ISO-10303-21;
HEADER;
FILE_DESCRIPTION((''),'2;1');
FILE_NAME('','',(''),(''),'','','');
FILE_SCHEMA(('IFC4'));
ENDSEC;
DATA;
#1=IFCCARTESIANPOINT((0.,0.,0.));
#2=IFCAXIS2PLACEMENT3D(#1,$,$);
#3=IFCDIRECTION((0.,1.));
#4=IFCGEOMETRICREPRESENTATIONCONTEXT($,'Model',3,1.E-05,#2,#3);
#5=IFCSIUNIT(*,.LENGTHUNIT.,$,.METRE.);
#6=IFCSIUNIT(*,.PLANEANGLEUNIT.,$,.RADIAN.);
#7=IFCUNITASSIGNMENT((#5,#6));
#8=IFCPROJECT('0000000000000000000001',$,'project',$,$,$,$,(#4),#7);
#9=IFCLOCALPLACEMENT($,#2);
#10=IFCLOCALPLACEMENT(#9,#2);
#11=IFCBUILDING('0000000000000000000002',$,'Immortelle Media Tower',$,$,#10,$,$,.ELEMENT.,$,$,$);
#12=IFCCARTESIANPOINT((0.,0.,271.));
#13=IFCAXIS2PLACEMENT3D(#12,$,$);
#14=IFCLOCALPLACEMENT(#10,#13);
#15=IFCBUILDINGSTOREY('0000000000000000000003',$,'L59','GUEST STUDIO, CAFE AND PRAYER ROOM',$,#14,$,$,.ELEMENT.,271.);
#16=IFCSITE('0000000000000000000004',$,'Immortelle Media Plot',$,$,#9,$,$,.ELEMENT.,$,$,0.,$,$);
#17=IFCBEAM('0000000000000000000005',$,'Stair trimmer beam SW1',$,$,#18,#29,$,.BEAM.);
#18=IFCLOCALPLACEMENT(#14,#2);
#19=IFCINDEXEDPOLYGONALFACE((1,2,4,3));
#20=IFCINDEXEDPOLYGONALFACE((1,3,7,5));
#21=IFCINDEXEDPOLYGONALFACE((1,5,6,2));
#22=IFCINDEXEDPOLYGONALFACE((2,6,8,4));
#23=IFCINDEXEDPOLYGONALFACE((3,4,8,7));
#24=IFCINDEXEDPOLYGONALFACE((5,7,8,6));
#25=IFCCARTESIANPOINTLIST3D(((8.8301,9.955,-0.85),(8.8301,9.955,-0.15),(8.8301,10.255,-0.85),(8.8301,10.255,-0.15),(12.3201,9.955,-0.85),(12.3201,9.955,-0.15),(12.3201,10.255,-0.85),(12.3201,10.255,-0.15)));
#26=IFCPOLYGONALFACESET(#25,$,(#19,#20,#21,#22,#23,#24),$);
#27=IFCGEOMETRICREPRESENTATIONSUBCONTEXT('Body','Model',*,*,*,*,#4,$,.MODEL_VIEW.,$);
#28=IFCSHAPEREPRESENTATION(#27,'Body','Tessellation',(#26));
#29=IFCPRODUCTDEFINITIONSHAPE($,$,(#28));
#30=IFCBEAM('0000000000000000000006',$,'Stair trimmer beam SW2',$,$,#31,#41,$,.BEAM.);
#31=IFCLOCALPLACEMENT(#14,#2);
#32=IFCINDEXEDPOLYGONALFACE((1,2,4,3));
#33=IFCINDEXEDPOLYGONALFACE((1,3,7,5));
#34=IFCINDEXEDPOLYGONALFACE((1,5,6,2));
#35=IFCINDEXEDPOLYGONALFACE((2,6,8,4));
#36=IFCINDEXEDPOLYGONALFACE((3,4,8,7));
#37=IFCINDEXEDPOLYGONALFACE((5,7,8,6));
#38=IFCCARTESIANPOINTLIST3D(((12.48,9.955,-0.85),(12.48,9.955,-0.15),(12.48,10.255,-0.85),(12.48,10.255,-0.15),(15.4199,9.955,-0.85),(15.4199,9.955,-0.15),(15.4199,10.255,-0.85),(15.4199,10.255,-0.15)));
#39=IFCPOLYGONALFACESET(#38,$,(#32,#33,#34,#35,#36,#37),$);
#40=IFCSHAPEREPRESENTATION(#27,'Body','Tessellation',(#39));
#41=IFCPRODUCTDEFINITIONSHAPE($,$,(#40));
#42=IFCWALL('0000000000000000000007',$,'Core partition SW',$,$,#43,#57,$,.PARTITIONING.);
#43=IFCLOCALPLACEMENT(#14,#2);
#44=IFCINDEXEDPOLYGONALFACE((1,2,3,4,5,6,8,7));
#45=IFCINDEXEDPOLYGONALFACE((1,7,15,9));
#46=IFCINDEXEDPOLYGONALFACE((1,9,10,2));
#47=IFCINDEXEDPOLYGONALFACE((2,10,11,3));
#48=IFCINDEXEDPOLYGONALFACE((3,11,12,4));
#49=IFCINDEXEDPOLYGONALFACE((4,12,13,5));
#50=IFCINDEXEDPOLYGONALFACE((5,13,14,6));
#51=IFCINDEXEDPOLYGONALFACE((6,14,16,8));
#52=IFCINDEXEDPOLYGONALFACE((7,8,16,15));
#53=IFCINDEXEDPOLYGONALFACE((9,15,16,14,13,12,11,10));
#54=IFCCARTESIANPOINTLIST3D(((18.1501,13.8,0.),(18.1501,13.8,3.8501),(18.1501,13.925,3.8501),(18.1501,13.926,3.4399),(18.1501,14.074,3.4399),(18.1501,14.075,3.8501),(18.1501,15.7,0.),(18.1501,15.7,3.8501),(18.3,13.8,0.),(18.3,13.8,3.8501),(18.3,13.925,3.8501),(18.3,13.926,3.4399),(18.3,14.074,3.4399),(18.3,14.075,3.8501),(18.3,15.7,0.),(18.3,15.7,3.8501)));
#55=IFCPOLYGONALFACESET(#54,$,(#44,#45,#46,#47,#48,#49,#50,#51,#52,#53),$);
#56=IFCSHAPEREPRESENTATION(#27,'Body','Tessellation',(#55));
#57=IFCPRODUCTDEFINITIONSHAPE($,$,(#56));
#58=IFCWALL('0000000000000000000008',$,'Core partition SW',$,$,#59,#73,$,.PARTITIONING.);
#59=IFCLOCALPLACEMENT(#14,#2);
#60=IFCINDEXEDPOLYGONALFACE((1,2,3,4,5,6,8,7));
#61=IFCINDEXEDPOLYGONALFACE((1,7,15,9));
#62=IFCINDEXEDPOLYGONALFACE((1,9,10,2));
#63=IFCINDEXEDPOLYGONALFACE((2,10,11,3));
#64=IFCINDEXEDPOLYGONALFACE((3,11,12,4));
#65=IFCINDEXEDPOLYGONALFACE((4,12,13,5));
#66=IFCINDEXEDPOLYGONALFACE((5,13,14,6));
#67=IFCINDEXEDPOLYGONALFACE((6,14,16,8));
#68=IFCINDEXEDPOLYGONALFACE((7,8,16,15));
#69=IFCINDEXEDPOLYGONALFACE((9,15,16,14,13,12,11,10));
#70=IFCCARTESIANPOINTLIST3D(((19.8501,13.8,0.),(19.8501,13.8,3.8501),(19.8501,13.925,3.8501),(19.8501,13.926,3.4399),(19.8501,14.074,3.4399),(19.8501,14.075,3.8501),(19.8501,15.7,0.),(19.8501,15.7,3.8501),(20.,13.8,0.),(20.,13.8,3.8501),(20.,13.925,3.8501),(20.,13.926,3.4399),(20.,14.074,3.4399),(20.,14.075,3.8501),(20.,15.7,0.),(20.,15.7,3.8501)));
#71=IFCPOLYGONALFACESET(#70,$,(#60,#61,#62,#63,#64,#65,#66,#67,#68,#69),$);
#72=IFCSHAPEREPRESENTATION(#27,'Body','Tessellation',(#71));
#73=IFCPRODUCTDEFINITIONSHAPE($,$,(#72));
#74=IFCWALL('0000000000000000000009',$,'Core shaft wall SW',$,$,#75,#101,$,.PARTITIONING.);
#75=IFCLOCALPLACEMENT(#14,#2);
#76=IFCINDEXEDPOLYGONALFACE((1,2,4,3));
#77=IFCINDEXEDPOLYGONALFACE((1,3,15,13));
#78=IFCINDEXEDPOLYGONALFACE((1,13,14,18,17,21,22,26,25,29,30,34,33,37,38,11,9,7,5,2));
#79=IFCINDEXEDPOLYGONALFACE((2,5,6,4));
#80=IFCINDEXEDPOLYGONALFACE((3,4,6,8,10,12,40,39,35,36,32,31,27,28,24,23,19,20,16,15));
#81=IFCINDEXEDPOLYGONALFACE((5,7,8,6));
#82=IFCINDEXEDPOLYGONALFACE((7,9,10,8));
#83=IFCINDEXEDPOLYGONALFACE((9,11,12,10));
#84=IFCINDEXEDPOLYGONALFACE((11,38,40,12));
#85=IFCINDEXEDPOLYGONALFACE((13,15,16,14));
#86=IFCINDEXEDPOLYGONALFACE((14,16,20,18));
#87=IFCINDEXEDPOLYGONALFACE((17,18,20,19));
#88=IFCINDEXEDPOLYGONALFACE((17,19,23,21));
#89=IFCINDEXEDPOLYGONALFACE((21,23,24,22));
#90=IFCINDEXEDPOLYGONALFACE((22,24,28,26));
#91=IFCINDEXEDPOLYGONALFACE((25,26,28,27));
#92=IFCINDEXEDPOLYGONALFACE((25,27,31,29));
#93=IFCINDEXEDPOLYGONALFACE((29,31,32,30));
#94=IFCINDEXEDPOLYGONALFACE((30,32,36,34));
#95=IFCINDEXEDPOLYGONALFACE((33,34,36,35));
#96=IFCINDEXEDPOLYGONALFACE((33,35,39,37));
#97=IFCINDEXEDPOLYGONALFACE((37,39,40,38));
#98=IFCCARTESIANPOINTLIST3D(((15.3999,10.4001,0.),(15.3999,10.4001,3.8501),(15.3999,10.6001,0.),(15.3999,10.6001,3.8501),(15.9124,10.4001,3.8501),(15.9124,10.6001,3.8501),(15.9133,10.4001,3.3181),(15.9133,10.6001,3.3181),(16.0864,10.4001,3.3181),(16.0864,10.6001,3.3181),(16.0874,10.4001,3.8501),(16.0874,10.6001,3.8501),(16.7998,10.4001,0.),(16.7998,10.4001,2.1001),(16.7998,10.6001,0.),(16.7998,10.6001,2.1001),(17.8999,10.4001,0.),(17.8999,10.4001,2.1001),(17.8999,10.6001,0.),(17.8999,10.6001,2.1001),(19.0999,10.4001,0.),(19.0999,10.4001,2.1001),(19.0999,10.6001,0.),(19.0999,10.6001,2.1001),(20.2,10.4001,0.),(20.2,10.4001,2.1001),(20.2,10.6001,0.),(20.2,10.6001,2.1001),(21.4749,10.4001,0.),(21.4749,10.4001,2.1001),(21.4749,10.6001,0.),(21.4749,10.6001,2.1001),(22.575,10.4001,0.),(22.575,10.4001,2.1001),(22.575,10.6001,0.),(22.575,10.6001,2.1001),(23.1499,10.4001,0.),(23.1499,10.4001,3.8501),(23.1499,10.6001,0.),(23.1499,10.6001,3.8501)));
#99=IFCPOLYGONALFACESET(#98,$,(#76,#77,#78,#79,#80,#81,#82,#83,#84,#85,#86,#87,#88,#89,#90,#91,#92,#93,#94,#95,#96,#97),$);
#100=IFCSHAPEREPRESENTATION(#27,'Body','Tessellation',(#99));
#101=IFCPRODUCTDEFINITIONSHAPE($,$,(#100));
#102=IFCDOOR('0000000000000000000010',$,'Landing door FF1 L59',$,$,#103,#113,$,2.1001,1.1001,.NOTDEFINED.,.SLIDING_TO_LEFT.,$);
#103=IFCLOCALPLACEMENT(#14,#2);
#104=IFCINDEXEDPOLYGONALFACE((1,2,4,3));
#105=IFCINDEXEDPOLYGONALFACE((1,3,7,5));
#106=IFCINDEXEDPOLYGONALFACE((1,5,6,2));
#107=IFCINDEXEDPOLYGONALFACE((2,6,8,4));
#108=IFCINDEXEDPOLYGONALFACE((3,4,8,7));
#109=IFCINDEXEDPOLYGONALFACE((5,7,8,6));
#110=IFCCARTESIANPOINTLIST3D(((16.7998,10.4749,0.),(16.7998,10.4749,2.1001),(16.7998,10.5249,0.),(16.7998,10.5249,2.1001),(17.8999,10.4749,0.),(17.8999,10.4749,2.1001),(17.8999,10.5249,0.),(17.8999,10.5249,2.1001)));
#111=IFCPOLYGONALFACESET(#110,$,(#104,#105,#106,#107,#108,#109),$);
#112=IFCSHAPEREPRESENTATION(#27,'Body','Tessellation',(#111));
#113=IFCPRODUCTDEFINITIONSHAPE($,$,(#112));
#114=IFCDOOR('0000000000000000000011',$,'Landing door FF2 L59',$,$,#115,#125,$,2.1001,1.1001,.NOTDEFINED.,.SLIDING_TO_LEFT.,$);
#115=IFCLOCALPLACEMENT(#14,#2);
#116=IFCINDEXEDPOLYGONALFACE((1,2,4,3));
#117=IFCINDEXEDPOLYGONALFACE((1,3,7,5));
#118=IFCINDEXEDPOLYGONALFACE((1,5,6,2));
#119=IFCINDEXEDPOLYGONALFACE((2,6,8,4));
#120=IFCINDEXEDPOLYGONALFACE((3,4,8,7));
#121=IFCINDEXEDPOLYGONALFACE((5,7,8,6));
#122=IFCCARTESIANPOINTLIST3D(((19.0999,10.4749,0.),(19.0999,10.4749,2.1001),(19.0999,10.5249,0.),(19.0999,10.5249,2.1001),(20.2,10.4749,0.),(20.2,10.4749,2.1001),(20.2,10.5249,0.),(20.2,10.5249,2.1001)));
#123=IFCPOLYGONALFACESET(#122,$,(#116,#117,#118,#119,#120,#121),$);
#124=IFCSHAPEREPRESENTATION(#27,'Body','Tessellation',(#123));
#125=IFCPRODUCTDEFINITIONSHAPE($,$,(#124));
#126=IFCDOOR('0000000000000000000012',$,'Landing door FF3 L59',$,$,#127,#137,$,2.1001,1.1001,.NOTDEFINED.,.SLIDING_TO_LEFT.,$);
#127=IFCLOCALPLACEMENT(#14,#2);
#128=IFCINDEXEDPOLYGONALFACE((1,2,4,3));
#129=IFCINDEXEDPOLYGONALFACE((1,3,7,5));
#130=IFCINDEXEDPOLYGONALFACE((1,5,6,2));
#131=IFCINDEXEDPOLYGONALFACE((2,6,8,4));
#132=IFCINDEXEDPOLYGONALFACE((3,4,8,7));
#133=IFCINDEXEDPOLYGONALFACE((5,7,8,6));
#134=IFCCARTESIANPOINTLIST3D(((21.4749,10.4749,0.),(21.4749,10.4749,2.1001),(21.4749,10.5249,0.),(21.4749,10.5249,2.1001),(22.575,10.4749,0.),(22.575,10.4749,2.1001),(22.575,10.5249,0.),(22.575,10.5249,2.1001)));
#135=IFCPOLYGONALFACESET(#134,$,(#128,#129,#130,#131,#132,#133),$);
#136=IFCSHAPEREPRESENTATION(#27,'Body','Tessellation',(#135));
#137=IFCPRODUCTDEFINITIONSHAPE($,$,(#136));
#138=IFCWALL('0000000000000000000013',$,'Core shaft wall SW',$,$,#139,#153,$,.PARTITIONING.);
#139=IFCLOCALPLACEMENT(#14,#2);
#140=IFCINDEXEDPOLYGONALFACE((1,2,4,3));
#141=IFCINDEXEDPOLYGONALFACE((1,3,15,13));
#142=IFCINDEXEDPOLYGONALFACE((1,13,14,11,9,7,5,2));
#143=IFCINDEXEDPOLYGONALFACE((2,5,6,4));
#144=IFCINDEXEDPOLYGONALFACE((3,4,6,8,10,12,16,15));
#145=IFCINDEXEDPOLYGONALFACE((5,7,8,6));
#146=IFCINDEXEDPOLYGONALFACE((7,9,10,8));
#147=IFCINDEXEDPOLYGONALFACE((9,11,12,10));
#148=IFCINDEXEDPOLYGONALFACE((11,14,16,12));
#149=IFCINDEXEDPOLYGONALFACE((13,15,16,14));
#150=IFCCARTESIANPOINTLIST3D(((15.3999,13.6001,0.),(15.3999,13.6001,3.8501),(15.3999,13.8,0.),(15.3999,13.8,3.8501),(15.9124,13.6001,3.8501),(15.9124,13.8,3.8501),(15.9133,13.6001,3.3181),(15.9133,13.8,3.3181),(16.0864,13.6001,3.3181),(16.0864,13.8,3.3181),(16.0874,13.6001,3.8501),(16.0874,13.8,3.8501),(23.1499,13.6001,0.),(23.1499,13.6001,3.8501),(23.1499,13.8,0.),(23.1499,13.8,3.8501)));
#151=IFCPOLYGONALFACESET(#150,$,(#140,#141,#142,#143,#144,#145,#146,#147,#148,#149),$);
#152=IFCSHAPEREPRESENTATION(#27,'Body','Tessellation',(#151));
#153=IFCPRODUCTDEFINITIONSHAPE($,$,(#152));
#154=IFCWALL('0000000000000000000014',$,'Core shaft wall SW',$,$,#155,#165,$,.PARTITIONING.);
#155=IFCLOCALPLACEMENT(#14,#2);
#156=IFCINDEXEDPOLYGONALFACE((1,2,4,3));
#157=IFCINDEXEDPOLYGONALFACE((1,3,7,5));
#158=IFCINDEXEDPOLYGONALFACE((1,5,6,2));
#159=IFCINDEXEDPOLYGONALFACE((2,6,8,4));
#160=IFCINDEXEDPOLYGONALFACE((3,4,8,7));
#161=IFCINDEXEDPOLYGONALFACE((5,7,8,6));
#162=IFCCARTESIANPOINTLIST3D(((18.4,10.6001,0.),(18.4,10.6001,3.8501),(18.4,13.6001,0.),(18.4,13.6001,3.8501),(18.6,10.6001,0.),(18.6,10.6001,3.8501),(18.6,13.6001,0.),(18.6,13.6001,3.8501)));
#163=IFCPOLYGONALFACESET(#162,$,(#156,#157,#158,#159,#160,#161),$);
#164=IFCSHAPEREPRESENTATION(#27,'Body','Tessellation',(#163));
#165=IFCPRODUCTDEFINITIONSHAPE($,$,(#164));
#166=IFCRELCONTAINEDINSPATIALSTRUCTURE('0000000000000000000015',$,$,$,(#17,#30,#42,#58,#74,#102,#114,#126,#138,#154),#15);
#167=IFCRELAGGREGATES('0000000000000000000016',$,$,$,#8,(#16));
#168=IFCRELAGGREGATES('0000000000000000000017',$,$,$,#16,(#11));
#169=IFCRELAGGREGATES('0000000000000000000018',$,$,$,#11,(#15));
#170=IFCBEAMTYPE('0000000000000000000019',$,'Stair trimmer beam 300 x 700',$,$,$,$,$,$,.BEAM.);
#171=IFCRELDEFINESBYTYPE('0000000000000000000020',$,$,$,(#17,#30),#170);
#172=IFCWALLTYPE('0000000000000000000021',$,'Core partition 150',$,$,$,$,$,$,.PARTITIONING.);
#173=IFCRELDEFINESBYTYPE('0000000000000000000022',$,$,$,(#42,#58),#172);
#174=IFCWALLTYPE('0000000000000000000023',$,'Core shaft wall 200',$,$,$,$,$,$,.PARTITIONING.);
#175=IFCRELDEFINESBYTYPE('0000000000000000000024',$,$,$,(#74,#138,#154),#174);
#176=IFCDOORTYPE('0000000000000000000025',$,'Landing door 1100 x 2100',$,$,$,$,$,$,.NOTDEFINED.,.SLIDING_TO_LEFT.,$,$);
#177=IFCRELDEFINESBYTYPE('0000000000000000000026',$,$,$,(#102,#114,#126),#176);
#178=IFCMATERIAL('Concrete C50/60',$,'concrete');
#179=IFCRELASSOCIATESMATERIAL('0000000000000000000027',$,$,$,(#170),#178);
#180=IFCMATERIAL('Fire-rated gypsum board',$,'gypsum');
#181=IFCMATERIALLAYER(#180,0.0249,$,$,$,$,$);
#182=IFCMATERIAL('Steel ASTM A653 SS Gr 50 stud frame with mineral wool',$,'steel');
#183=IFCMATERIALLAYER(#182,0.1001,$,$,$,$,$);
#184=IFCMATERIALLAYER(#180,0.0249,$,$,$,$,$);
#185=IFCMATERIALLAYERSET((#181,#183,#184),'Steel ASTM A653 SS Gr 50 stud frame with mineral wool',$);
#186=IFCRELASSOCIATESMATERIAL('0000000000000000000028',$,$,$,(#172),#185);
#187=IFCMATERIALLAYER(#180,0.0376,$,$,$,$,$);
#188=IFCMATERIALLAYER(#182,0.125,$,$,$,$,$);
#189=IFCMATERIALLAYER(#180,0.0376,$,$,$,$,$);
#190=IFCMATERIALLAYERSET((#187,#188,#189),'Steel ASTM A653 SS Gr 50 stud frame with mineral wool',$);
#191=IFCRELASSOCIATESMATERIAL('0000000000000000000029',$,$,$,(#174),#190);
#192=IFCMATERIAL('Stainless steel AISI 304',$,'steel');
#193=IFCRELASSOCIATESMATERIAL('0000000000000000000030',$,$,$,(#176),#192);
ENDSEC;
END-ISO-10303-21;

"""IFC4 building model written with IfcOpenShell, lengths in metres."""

from ifc_helpers import new_model, si_unit, direction, frame, frame_2d, origin, origin_2d, place, context, subcontext, project, spatial, polyline, rectangle, outline, extrude, material, layer, layer_set, material_profile, profile_set, type_object, element, fill, save


model = new_model("IFC4")

# Units and contexts
model_context = context("Model", 3, precision=1e-05, world=origin(), true_north=direction((0.0, 1.0)))
body_context = subcontext(model_context, "Body", "Model", "MODEL_VIEW")
ifc_project = project(units=[si_unit("LENGTHUNIT", "METRE"), si_unit("PLANEANGLEUNIT", "RADIAN")], contexts=[model_context])

# Site, building, storey
site_placement = place(None, origin())
site = spatial("IfcSite", under=ifc_project, at=site_placement, Name="Immortelle Media Plot", CompositionType="ELEMENT", RefElevation=0.0)
building_placement = place(site_placement, origin())
building = spatial("IfcBuilding", under=site, at=building_placement, Name="Immortelle Media Tower", CompositionType="ELEMENT")
storey_placement = place(building_placement, frame((0.0, 0.0, 271.0)))
storey = spatial("IfcBuildingStorey", under=building, at=storey_placement, Name="L59", Description="GUEST STUDIO, CAFE AND PRAYER ROOM", CompositionType="ELEMENT", Elevation=271.0)

# Beams
ifc_material_1 = material(Name="Concrete C50/60", Category="concrete")
ifc_material_profile = material_profile(ifc_material_1, rectangle(XDim=0.3, YDim=0.7, at=origin_2d()), Name="RC 300x700")
ifc_profile_set = profile_set([ifc_material_profile], Name="Concrete C50/60")
beam_type = type_object("IfcBeamType", Name="Stair trimmer beam 300 x 700", PredefinedType="BEAM", material=ifc_profile_set)
beam_1_placement = place(storey_placement, frame((8.8301, 10.105, -0.5), z_axis=(1.0, 0.0, 0.0), x_axis=(0.0, 1.0, 0.0)))
element("IfcBeam", 1, at=beam_1_placement, inside=storey, type_object=beam_type, Name="Stair trimmer beam SW1", PredefinedType="BEAM", context=body_context, shape_type="SweptSolid", body=[
    extrude(rectangle(XDim=0.3, YDim=0.7, at=origin_2d()), origin(), (0.0, 0.0, 1.0), 3.49),
])
beam_2_placement = place(storey_placement, frame((12.48, 10.105, -0.5), z_axis=(1.0, 0.0, 0.0), x_axis=(0.0, 1.0, 0.0)))
element("IfcBeam", 2, at=beam_2_placement, inside=storey, type_object=beam_type, Name="Stair trimmer beam SW2", PredefinedType="BEAM", context=body_context, shape_type="SweptSolid", body=[
    extrude(rectangle(XDim=0.3, YDim=0.7, at=origin_2d()), origin(), (0.0, 0.0, 1.0), 2.9399),
])

# Walls
ifc_material_2 = material(Name="Fire-rated gypsum board", Category="gypsum")
ifc_layer_1 = layer(ifc_material_2, 0.0249)
ifc_material_3 = material(Name="Steel ASTM A653 SS Gr 50 stud frame with mineral wool", Category="steel")
ifc_layer_2 = layer(ifc_material_3, 0.1001)
ifc_layer_3 = layer(ifc_material_2, 0.0249)
ifc_layer_set_1 = layer_set([ifc_layer_1, ifc_layer_2, ifc_layer_3], Name="Steel ASTM A653 SS Gr 50 stud frame with mineral wool")
wall_type_1 = type_object("IfcWallType", Name="Core partition 150", PredefinedType="PARTITIONING", material=ifc_layer_set_1)
for number, where, z_axis, x_axis, name in (
    (3, (18.2251, 13.8, 0.0), (0.0, 0.0, 1.0), (0.0, 1.0, 0.0), "Core partition SW"),
    (4, (19.925, 13.8, 0.0), (0.0, 0.0, 1.0), (0.0, 1.0, 0.0), "Core partition SW"),
):
    element("IfcWall", number, at=place(storey_placement, frame(where, z_axis=z_axis, x_axis=x_axis)), inside=storey, type_object=wall_type_1, Name=name, PredefinedType="PARTITIONING", context=body_context, shape_type="SweptSolid", body=[
        extrude(outline(polyline([(0.0, 0.0), (1.8999, 0.0), (1.8999, 3.8501), (0.2749, 3.8501), (0.2739, 3.4399), (0.126, 3.4399), (0.125, 3.8501), (0.0, 3.8501), (0.0, 0.0)])), frame((0.0, 0.075, 0.0), z_axis=(0.0, -1.0, 0.0), x_axis=(1.0, 0.0, 0.0)), (0.0, 0.0, 1.0), 0.1499),
    ])

# Wall, openings, doors
ifc_layer_4 = layer(ifc_material_2, 0.0376)
ifc_layer_5 = layer(ifc_material_3, 0.125)
ifc_layer_6 = layer(ifc_material_2, 0.0376)
ifc_layer_set_2 = layer_set([ifc_layer_4, ifc_layer_5, ifc_layer_6], Name="Steel ASTM A653 SS Gr 50 stud frame with mineral wool")
wall_type_2 = type_object("IfcWallType", Name="Core shaft wall 200", PredefinedType="PARTITIONING", material=ifc_layer_set_2)
wall_1_placement = place(storey_placement, frame((15.3999, 10.5, 0.0), z_axis=(0.0, 0.0, 1.0), x_axis=(1.0, 0.0, 0.0)))
wall_1 = element("IfcWall", 5, at=wall_1_placement, inside=storey, type_object=wall_type_2, Name="Core shaft wall SW", PredefinedType="PARTITIONING", context=body_context, shape_type="SweptSolid", body=[
    extrude(outline(polyline([(0.0, 0.0), (7.75, 0.0), (7.75, 3.8501), (0.6875, 3.8501), (0.6865, 3.3181), (0.5134, 3.3181), (0.5125, 3.8501), (0.0, 3.8501), (0.0, 0.0)])), frame((0.0, 0.1001, 0.0), z_axis=(0.0, -1.0, 0.0), x_axis=(1.0, 0.0, 0.0)), (0.0, 0.0, 1.0), 0.2),
])
opening_1_placement = place(wall_1_placement, frame((1.3999, 0.0, 0.0)))
opening_1 = element("IfcOpeningElement", 6, at=opening_1_placement, cuts=wall_1, PredefinedType="OPENING", context=body_context, shape_type="SweptSolid", body=[
    extrude(rectangle(XDim=1.1001, YDim=2.1001, at=frame_2d((0.55, 1.05))), frame((0.0, 0.1099, 0.0), z_axis=(0.0, -1.0, 0.0), x_axis=(1.0, 0.0, 0.0)), (0.0, 0.0, 1.0), 0.22),
])
opening_2_placement = place(wall_1_placement, frame((3.7, 0.0, 0.0)))
opening_2 = element("IfcOpeningElement", 7, at=opening_2_placement, cuts=wall_1, PredefinedType="OPENING", context=body_context, shape_type="SweptSolid", body=[
    extrude(rectangle(XDim=1.1001, YDim=2.1001, at=frame_2d((0.55, 1.05))), frame((0.0, 0.1099, 0.0), z_axis=(0.0, -1.0, 0.0), x_axis=(1.0, 0.0, 0.0)), (0.0, 0.0, 1.0), 0.22),
])
opening_3_placement = place(wall_1_placement, frame((6.075, 0.0, 0.0)))
opening_3 = element("IfcOpeningElement", 8, at=opening_3_placement, cuts=wall_1, PredefinedType="OPENING", context=body_context, shape_type="SweptSolid", body=[
    extrude(rectangle(XDim=1.1001, YDim=2.1001, at=frame_2d((0.55, 1.05))), frame((0.0, 0.1099, 0.0), z_axis=(0.0, -1.0, 0.0), x_axis=(1.0, 0.0, 0.0)), (0.0, 0.0, 1.0), 0.22),
])
ifc_material_4 = material(Name="Stainless steel AISI 304", Category="steel")
door_type_1 = type_object("IfcDoorType", Name="Landing door 1100 x 2100", OperationType="SLIDING_TO_LEFT", PredefinedType="NOTDEFINED", material=ifc_material_4)
door_1_placement = place(opening_1_placement, origin())
door_1 = element("IfcDoor", 9, at=door_1_placement, inside=storey, type_object=door_type_1, Name="Landing door FF1 L59", OperationType="SLIDING_TO_LEFT", OverallHeight=2.1001, OverallWidth=1.1001, PredefinedType="NOTDEFINED", context=body_context, shape_type="SweptSolid", body=[
    extrude(rectangle(XDim=1.1001, YDim=2.1001, at=frame_2d((0.55, 1.05))), frame((0.0, 0.0249, 0.0), z_axis=(0.0, -1.0, 0.0), x_axis=(1.0, 0.0, 0.0)), (0.0, 0.0, 1.0), 0.05),
])
fill(opening_1, door_1)
door_2_placement = place(opening_2_placement, origin())
door_2 = element("IfcDoor", 10, at=door_2_placement, inside=storey, type_object=door_type_1, Name="Landing door FF2 L59", OperationType="SLIDING_TO_LEFT", OverallHeight=2.1001, OverallWidth=1.1001, PredefinedType="NOTDEFINED", context=body_context, shape_type="SweptSolid", body=[
    extrude(rectangle(XDim=1.1001, YDim=2.1001, at=frame_2d((0.55, 1.05))), frame((0.0, 0.0249, 0.0), z_axis=(0.0, -1.0, 0.0), x_axis=(1.0, 0.0, 0.0)), (0.0, 0.0, 1.0), 0.05),
])
fill(opening_2, door_2)
door_3_placement = place(opening_3_placement, origin())
door_3 = element("IfcDoor", 11, at=door_3_placement, inside=storey, type_object=door_type_1, Name="Landing door FF3 L59", OperationType="SLIDING_TO_LEFT", OverallHeight=2.1001, OverallWidth=1.1001, PredefinedType="NOTDEFINED", context=body_context, shape_type="SweptSolid", body=[
    extrude(rectangle(XDim=1.1001, YDim=2.1001, at=frame_2d((0.55, 1.05))), frame((0.0, 0.0249, 0.0), z_axis=(0.0, -1.0, 0.0), x_axis=(1.0, 0.0, 0.0)), (0.0, 0.0, 1.0), 0.05),
])
fill(opening_3, door_3)

# Walls
wall_2_placement = place(storey_placement, frame((15.3999, 13.7, 0.0), z_axis=(0.0, 0.0, 1.0), x_axis=(1.0, 0.0, 0.0)))
element("IfcWall", 12, at=wall_2_placement, inside=storey, type_object=wall_type_2, Name="Core shaft wall SW", PredefinedType="PARTITIONING", context=body_context, shape_type="SweptSolid", body=[
    extrude(outline(polyline([(0.0, 0.0), (7.75, 0.0), (7.75, 3.8501), (0.6875, 3.8501), (0.6865, 3.3181), (0.5134, 3.3181), (0.5125, 3.8501), (0.0, 3.8501), (0.0, 0.0)])), frame((0.0, 0.1001, 0.0), z_axis=(0.0, -1.0, 0.0), x_axis=(1.0, 0.0, 0.0)), (0.0, 0.0, 1.0), 0.2),
])
wall_3_placement = place(storey_placement, frame((18.5, 10.6001, 0.0), z_axis=(0.0, 0.0, 1.0), x_axis=(0.0, 1.0, 0.0)))
element("IfcWall", 13, at=wall_3_placement, inside=storey, type_object=wall_type_2, Name="Core shaft wall SW", PredefinedType="PARTITIONING", context=body_context, shape_type="SweptSolid", body=[
    extrude(rectangle(XDim=3.0, YDim=0.2, at=frame_2d((1.5, 0.0))), origin(), (0.0, 0.0, 1.0), 3.8501),
])

save(model, "model.ifc")
